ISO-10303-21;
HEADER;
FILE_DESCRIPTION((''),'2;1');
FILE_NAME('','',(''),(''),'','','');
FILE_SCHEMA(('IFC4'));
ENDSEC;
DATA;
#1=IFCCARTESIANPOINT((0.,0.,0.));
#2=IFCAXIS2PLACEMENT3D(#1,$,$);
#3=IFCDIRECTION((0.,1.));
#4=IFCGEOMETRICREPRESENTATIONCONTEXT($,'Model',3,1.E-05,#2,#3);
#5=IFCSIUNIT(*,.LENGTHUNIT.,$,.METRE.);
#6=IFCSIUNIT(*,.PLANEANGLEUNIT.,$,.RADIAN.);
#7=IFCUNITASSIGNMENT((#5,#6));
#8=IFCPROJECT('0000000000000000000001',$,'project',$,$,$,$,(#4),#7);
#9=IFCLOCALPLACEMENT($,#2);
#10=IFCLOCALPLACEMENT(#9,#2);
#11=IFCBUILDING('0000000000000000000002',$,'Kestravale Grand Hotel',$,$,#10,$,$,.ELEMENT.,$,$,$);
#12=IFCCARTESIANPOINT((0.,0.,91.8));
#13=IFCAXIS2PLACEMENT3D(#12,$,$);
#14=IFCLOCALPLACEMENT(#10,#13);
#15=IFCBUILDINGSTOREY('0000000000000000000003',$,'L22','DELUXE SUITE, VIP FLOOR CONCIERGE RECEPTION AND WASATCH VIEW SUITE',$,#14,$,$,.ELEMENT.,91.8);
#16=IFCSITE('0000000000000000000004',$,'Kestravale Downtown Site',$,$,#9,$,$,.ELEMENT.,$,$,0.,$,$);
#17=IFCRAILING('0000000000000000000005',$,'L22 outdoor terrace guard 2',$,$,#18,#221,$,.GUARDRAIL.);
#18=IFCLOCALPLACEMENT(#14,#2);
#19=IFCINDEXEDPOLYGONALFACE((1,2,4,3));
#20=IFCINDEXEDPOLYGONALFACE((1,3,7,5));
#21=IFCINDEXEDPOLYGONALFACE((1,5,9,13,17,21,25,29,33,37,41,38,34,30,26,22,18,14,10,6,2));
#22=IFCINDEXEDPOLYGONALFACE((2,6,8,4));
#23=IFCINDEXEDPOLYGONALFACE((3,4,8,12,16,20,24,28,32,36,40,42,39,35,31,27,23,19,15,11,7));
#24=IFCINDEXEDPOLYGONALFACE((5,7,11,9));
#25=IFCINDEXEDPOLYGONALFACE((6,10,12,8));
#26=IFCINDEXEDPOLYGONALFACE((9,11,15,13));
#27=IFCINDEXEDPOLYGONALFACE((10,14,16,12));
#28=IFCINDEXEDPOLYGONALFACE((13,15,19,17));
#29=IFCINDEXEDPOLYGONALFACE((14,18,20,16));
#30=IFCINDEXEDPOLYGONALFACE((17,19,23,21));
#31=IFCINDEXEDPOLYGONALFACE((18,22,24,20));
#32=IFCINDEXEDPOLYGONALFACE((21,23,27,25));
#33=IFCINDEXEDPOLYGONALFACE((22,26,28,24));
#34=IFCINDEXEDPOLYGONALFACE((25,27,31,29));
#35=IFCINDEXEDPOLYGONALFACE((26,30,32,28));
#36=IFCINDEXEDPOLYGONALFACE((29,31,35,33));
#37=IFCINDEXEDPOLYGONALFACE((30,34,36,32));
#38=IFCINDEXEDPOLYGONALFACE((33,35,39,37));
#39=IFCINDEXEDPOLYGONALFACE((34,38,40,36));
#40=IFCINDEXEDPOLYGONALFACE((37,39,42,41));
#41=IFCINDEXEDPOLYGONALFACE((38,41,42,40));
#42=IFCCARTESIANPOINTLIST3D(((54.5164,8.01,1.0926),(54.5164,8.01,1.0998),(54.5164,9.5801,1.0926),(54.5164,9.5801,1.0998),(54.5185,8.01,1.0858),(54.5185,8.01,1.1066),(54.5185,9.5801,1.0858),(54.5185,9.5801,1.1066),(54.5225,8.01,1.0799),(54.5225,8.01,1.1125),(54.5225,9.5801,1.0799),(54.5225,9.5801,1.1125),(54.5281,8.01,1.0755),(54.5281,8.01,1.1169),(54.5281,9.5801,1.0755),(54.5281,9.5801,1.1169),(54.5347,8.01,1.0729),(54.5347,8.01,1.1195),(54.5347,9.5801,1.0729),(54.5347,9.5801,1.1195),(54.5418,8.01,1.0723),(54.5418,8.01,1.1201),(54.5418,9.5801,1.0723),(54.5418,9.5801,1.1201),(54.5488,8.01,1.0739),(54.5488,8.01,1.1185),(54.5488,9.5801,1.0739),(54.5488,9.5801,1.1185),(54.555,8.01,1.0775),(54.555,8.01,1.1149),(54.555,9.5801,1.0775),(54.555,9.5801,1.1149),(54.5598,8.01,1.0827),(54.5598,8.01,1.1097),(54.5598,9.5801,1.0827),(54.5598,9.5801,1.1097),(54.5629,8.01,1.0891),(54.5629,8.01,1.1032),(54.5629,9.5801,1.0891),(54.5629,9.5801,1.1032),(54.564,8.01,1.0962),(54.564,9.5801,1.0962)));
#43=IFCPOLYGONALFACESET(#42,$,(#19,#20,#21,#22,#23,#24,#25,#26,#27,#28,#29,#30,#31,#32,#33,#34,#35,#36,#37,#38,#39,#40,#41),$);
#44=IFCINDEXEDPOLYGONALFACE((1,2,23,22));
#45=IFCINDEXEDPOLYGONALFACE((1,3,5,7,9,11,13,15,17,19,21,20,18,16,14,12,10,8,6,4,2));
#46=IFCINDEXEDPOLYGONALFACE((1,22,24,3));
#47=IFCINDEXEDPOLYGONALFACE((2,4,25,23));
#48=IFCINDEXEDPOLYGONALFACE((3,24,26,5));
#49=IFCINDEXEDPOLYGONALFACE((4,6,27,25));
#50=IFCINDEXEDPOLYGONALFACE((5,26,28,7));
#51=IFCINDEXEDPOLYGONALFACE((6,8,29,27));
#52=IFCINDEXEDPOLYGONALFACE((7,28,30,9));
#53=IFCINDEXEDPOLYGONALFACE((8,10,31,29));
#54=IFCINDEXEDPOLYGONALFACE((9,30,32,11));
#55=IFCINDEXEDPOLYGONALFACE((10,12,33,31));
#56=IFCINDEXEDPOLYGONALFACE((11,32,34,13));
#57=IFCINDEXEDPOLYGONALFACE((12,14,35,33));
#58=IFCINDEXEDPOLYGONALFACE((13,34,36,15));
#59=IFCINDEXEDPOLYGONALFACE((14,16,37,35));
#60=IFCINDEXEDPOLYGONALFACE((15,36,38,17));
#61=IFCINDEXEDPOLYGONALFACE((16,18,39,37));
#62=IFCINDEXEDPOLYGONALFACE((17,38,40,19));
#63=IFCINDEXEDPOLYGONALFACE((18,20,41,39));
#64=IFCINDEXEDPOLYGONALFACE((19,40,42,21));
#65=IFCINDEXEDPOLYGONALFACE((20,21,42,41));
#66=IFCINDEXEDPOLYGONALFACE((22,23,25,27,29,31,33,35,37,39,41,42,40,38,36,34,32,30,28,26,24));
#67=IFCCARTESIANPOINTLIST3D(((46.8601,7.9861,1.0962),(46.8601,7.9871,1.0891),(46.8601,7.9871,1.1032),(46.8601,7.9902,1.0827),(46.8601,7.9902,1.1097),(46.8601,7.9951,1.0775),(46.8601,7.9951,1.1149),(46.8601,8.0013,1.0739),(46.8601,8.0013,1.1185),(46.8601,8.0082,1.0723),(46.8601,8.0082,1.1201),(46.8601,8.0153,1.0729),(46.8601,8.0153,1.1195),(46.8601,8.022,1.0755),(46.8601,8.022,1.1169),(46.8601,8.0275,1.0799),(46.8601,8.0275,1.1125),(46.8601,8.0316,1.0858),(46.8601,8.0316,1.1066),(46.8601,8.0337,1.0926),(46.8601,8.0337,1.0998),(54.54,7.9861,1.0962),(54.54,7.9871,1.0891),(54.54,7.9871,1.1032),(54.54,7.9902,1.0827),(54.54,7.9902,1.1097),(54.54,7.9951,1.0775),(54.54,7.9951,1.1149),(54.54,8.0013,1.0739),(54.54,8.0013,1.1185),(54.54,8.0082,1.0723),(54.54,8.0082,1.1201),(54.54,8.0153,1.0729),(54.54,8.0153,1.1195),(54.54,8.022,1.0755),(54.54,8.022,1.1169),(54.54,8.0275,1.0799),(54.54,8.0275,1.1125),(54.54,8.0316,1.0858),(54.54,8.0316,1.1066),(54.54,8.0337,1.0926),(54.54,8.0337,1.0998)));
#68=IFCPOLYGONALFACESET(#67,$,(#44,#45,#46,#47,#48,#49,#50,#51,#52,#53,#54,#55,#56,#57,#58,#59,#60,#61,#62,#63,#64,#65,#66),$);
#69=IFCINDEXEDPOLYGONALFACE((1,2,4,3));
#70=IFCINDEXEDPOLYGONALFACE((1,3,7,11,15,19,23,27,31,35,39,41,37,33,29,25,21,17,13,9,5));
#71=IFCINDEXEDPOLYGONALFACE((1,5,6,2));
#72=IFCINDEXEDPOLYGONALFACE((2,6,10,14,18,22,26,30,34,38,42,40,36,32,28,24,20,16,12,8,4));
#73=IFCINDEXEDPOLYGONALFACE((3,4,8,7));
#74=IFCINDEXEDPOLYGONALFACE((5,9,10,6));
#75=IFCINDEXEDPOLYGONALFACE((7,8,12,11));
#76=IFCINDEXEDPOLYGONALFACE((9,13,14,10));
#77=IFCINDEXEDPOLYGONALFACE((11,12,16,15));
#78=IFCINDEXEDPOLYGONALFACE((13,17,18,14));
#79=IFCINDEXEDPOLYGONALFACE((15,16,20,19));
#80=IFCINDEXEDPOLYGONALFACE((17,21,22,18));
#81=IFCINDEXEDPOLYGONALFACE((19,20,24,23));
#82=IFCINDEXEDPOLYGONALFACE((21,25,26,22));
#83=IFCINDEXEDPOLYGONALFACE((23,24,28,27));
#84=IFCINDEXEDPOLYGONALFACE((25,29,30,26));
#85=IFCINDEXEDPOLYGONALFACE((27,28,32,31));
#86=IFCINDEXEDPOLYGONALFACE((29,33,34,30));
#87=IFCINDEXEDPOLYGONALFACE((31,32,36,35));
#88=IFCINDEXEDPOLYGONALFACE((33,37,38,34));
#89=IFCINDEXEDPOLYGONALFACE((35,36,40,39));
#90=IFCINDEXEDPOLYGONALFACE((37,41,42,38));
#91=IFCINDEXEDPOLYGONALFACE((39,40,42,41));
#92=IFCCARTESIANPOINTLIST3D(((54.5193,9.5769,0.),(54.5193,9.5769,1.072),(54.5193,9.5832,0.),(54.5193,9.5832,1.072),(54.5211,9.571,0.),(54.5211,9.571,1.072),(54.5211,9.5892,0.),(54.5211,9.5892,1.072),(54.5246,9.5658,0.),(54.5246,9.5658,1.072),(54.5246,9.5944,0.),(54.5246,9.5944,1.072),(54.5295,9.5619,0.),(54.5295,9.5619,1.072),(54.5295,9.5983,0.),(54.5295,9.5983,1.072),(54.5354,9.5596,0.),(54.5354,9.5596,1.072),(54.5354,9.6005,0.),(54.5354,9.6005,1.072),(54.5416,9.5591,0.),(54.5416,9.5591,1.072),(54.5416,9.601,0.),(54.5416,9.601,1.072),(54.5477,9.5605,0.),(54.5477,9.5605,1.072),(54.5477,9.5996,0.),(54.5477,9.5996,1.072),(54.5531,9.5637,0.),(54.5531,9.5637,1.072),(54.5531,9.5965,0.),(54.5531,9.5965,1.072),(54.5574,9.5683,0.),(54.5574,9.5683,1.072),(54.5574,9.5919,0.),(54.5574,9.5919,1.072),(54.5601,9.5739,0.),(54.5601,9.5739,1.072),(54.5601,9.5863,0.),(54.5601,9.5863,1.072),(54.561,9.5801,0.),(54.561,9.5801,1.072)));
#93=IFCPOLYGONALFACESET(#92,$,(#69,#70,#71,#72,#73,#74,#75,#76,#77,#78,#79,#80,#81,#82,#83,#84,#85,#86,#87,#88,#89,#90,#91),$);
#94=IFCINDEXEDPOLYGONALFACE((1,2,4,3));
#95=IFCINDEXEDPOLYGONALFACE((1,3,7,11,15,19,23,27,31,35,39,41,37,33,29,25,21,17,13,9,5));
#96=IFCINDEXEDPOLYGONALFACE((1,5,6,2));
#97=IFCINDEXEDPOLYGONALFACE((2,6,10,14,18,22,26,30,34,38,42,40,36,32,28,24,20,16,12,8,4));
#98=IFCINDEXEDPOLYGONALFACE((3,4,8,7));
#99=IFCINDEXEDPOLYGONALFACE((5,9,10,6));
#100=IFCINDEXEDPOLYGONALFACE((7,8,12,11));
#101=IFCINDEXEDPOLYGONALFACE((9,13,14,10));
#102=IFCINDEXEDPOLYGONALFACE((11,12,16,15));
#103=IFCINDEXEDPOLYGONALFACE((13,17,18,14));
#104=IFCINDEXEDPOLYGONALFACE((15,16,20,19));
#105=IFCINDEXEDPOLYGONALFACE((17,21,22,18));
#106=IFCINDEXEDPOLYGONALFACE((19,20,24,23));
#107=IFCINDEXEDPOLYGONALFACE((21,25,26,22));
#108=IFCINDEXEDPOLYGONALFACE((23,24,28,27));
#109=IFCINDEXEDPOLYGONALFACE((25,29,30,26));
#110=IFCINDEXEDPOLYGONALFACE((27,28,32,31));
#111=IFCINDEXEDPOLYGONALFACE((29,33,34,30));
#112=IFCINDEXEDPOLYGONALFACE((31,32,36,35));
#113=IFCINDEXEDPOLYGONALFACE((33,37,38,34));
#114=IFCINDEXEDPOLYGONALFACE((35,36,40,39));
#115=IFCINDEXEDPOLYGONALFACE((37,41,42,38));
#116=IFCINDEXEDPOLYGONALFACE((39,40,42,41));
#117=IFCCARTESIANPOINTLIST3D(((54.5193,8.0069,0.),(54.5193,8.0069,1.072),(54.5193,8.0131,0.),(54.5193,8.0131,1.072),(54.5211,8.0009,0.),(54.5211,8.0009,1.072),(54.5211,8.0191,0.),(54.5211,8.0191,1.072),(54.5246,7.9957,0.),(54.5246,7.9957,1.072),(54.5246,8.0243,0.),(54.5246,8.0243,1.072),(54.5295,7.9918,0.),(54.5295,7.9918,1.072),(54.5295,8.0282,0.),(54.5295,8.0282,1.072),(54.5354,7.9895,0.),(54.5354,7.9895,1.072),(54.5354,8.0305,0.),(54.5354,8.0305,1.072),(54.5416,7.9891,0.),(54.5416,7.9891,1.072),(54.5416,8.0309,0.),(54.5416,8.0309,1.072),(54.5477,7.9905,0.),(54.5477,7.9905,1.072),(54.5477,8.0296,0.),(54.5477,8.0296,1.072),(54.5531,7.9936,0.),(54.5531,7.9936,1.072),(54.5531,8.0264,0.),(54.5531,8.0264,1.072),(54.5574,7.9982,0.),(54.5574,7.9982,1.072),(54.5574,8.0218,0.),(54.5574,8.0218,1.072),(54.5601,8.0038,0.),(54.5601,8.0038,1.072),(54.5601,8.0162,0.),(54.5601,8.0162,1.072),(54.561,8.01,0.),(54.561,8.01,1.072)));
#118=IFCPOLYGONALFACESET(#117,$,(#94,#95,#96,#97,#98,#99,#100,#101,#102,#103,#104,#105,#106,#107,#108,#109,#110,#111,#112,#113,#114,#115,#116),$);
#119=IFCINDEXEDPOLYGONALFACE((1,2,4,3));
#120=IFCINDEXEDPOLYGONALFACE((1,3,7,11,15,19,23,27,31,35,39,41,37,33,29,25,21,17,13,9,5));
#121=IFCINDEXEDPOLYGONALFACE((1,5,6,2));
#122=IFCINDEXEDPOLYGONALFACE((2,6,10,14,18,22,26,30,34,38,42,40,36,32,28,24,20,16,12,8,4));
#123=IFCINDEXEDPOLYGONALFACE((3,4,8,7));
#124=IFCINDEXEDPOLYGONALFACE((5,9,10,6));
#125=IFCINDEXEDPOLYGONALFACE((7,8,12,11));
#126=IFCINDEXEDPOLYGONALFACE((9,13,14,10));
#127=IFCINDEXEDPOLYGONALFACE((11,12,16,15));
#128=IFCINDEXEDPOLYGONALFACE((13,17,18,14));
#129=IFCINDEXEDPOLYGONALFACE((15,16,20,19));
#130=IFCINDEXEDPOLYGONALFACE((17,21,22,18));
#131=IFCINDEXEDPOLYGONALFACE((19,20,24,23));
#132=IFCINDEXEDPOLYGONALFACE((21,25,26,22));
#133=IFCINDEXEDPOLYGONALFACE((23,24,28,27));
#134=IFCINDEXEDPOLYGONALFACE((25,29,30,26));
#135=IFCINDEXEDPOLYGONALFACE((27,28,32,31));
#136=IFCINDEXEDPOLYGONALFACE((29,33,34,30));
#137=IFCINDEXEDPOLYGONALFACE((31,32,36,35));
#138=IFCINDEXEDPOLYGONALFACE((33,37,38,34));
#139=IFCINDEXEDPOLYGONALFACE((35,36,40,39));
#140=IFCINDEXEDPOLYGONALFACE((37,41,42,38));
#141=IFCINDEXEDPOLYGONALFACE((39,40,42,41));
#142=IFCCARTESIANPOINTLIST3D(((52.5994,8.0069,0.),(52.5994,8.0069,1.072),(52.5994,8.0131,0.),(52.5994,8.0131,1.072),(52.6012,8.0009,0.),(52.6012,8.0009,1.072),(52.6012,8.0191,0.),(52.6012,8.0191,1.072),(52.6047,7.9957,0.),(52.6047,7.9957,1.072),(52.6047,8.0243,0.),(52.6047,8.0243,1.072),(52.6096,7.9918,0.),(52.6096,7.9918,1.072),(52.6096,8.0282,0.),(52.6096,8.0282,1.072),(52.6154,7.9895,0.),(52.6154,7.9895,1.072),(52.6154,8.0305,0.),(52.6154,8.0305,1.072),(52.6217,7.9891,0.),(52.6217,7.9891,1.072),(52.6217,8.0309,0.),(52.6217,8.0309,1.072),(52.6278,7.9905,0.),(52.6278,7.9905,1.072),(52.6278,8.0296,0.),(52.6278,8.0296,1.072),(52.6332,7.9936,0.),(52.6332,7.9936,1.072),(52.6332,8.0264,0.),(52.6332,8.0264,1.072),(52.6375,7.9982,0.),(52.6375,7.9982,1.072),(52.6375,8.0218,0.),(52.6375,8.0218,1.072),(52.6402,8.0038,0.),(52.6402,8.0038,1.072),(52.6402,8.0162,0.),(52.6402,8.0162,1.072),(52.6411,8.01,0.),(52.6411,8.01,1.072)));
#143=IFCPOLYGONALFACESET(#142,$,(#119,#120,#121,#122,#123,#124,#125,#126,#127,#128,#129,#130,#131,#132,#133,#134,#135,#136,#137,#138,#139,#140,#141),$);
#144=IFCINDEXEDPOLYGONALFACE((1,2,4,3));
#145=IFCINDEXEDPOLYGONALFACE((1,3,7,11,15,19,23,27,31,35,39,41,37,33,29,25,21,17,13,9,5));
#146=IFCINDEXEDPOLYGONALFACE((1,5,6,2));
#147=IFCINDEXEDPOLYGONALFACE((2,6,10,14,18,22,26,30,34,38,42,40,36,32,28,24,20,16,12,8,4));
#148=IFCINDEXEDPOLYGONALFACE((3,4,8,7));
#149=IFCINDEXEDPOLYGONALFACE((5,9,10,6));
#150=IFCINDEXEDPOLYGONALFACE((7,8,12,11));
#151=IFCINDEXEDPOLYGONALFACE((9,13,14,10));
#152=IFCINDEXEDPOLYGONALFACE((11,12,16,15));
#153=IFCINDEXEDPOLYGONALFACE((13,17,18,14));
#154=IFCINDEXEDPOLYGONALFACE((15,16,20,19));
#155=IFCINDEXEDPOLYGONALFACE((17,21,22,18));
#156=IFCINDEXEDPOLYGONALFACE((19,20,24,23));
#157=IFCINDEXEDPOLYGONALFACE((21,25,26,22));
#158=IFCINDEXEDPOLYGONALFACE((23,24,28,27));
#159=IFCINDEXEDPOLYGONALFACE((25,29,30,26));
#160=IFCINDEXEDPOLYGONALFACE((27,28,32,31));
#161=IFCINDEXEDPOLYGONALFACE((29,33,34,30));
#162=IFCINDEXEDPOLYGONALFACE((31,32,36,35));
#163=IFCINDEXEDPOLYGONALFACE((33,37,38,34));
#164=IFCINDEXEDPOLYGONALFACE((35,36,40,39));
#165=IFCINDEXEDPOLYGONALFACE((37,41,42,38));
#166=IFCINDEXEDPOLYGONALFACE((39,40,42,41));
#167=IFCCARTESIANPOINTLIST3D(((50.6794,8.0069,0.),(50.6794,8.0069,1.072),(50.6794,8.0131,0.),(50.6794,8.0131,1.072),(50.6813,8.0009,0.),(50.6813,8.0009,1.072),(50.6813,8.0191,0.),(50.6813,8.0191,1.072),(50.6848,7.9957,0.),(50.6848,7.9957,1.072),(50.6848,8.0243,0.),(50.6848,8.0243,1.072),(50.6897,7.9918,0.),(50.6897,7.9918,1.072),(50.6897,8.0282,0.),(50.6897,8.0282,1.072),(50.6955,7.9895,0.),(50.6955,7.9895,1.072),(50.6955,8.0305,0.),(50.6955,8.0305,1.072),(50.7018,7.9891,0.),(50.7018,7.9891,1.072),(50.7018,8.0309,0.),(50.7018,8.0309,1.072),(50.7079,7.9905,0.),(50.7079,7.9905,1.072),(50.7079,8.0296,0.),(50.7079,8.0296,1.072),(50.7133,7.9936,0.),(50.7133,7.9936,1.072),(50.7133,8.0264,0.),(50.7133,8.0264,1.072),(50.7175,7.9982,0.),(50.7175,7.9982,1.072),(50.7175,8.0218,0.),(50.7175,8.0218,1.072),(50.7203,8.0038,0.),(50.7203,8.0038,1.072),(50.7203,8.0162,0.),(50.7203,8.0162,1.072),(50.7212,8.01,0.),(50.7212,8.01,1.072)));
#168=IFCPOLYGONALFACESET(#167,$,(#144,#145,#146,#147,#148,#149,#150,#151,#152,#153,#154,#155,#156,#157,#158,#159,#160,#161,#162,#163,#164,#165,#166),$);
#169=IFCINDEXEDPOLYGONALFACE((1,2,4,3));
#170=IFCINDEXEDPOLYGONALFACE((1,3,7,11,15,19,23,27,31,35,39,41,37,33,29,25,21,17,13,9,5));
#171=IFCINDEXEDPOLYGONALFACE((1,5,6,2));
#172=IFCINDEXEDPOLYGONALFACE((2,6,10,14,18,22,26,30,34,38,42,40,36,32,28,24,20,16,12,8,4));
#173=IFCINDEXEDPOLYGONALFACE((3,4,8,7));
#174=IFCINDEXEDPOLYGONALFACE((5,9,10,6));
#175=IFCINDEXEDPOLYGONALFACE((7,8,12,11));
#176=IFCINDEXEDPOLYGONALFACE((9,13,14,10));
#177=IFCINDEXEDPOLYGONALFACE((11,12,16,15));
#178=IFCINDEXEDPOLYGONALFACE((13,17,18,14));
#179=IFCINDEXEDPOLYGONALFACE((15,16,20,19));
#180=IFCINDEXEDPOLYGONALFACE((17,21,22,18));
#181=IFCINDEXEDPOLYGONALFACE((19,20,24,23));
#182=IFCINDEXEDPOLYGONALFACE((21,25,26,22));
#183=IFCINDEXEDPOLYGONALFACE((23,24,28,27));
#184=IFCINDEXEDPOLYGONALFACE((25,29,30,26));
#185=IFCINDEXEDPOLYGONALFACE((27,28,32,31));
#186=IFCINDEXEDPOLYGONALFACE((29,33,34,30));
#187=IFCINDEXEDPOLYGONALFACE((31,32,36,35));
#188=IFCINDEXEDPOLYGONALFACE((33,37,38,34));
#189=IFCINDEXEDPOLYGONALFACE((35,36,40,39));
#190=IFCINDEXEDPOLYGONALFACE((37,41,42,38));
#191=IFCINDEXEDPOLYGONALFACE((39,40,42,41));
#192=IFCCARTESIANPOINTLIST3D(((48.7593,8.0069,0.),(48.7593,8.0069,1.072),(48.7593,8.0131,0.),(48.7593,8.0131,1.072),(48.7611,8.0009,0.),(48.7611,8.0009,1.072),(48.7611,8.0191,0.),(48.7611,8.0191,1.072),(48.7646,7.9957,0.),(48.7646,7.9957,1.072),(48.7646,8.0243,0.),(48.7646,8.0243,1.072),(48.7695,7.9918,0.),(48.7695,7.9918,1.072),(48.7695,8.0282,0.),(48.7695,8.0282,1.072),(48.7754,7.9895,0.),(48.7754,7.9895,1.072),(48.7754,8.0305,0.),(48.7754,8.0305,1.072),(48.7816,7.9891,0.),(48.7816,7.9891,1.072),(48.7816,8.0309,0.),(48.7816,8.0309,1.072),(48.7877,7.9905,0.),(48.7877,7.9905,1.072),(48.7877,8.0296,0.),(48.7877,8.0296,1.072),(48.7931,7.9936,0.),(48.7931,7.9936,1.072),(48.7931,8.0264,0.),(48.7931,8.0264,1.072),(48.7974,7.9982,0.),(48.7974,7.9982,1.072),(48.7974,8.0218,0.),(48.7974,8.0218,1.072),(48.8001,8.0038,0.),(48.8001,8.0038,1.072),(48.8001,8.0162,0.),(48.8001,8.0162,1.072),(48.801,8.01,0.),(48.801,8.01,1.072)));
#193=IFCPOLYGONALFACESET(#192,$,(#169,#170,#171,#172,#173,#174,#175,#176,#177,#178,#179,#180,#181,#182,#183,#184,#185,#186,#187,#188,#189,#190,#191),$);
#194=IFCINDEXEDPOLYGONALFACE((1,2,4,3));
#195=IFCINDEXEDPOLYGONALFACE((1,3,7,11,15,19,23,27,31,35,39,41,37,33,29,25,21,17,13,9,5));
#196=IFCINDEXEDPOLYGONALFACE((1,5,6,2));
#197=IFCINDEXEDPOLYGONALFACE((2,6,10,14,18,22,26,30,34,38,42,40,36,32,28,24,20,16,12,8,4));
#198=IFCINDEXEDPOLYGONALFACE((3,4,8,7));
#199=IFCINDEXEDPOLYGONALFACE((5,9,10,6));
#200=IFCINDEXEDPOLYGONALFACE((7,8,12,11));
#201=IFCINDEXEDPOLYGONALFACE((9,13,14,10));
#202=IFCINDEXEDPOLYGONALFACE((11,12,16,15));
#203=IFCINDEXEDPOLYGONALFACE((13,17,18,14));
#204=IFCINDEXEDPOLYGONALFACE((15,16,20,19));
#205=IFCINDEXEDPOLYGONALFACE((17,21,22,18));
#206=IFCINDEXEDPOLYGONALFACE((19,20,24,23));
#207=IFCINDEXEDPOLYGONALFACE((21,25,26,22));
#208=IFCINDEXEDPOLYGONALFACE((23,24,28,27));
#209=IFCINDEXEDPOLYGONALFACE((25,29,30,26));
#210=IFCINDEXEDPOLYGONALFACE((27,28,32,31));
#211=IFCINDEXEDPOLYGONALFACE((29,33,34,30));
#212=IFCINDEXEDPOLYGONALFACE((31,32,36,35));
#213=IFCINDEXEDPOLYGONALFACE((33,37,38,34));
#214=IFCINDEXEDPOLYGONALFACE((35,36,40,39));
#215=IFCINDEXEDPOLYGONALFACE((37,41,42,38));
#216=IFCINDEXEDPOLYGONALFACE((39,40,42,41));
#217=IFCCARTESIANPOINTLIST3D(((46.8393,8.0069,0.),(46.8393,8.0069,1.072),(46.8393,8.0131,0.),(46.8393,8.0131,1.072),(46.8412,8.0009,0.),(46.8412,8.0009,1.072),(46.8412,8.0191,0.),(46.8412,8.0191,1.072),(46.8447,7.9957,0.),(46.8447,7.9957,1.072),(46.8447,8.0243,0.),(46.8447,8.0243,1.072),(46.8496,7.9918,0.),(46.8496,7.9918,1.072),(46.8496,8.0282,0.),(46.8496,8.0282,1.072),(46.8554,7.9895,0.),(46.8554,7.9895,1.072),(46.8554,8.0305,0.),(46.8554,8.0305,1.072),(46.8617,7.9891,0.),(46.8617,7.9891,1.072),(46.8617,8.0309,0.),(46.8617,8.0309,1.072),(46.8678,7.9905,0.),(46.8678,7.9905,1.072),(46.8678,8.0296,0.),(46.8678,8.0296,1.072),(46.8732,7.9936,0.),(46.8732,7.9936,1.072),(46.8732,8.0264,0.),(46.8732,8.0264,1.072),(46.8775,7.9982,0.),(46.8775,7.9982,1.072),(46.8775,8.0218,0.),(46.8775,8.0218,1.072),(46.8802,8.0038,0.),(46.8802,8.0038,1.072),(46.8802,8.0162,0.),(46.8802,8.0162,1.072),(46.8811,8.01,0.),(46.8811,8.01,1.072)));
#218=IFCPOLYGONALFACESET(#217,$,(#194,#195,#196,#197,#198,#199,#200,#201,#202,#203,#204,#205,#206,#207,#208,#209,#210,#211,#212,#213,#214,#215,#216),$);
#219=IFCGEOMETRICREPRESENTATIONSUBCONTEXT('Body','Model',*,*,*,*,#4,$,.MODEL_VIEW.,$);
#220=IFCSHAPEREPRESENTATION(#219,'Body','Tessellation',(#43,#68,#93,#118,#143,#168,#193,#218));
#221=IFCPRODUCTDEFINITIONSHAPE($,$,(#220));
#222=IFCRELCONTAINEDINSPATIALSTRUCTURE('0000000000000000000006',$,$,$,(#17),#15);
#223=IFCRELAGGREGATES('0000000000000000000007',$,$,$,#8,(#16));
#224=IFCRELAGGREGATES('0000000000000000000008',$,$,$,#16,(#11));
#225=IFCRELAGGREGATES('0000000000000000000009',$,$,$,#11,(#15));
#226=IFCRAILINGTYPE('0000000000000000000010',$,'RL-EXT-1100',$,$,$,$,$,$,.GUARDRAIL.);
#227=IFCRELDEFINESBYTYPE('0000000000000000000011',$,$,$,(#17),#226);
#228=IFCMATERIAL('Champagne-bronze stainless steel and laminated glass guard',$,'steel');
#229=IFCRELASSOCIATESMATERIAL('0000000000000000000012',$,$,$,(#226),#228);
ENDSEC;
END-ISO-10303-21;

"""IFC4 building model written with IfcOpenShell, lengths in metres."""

from ifc_helpers import new_model, si_unit, direction, frame, origin, origin_2d, place, context, subcontext, project, spatial, circle, extrude, material, type_object, element, save


model = new_model("IFC4")

# Units and contexts
model_context = context("Model", 3, precision=1e-05, world=origin(), true_north=direction((0.0, 1.0)))
body_context = subcontext(model_context, "Body", "Model", "MODEL_VIEW")
ifc_project = project(units=[si_unit("LENGTHUNIT", "METRE"), si_unit("PLANEANGLEUNIT", "RADIAN")], contexts=[model_context])

# Site, building, storey
site_placement = place(None, origin())
site = spatial("IfcSite", under=ifc_project, at=site_placement, Name="Kestravale Downtown Site", CompositionType="ELEMENT", RefElevation=0.0)
building_placement = place(site_placement, origin())
building = spatial("IfcBuilding", under=site, at=building_placement, Name="Kestravale Grand Hotel", CompositionType="ELEMENT")
storey_placement = place(building_placement, frame((0.0, 0.0, 91.8)))
storey = spatial("IfcBuildingStorey", under=building, at=storey_placement, Name="L22", Description="DELUXE SUITE, VIP FLOOR CONCIERGE RECEPTION AND WASATCH VIEW SUITE", CompositionType="ELEMENT", Elevation=91.8)

# Railing
ifc_material_1 = material(Name="Champagne-bronze stainless steel and laminated glass guard", Category="steel")
railing_type = type_object("IfcRailingType", Name="RL-EXT-1100", PredefinedType="GUARDRAIL", material=ifc_material_1)
railing_1_placement = place(storey_placement, frame((54.54, 9.5801, 0.0)))
element("IfcRailing", 1, at=railing_1_placement, inside=storey, type_object=railing_type, Name="L22 outdoor terrace guard 2", PredefinedType="GUARDRAIL", context=body_context, shape_type="SweptSolid", body=[
    extrude(circle(Radius=0.0239, at=origin_2d()), frame((0.0, 0.0, 1.0962), z_axis=(0.0, -1.0, 0.0), x_axis=(1.0, 0.0, 0.0)), (0.0, 0.0, 1.0), 1.5701),
    extrude(circle(Radius=0.0239, at=origin_2d()), frame((0.0, -1.5701, 1.0962), z_axis=(-1.0, 0.0, 0.0), x_axis=(0.0, -1.0, 0.0)), (0.0, 0.0, 1.0), 7.6799),
    extrude(circle(Radius=0.021, at=origin_2d()), origin(), (0.0, 0.0, 1.0), 1.072),
    extrude(circle(Radius=0.021, at=origin_2d()), frame((0.0, -1.5701, 0.0)), (0.0, 0.0, 1.0), 1.072),
    extrude(circle(Radius=0.021, at=origin_2d()), frame((-1.9199, -1.5701, 0.0)), (0.0, 0.0, 1.0), 1.072),
    extrude(circle(Radius=0.021, at=origin_2d()), frame((-3.8398, -1.5701, 0.0)), (0.0, 0.0, 1.0), 1.072),
    extrude(circle(Radius=0.021, at=origin_2d()), frame((-5.76, -1.5701, 0.0)), (0.0, 0.0, 1.0), 1.072),
    extrude(circle(Radius=0.021, at=origin_2d()), frame((-7.6799, -1.5701, 0.0)), (0.0, 0.0, 1.0), 1.072),
])

save(model, "model.ifc")
